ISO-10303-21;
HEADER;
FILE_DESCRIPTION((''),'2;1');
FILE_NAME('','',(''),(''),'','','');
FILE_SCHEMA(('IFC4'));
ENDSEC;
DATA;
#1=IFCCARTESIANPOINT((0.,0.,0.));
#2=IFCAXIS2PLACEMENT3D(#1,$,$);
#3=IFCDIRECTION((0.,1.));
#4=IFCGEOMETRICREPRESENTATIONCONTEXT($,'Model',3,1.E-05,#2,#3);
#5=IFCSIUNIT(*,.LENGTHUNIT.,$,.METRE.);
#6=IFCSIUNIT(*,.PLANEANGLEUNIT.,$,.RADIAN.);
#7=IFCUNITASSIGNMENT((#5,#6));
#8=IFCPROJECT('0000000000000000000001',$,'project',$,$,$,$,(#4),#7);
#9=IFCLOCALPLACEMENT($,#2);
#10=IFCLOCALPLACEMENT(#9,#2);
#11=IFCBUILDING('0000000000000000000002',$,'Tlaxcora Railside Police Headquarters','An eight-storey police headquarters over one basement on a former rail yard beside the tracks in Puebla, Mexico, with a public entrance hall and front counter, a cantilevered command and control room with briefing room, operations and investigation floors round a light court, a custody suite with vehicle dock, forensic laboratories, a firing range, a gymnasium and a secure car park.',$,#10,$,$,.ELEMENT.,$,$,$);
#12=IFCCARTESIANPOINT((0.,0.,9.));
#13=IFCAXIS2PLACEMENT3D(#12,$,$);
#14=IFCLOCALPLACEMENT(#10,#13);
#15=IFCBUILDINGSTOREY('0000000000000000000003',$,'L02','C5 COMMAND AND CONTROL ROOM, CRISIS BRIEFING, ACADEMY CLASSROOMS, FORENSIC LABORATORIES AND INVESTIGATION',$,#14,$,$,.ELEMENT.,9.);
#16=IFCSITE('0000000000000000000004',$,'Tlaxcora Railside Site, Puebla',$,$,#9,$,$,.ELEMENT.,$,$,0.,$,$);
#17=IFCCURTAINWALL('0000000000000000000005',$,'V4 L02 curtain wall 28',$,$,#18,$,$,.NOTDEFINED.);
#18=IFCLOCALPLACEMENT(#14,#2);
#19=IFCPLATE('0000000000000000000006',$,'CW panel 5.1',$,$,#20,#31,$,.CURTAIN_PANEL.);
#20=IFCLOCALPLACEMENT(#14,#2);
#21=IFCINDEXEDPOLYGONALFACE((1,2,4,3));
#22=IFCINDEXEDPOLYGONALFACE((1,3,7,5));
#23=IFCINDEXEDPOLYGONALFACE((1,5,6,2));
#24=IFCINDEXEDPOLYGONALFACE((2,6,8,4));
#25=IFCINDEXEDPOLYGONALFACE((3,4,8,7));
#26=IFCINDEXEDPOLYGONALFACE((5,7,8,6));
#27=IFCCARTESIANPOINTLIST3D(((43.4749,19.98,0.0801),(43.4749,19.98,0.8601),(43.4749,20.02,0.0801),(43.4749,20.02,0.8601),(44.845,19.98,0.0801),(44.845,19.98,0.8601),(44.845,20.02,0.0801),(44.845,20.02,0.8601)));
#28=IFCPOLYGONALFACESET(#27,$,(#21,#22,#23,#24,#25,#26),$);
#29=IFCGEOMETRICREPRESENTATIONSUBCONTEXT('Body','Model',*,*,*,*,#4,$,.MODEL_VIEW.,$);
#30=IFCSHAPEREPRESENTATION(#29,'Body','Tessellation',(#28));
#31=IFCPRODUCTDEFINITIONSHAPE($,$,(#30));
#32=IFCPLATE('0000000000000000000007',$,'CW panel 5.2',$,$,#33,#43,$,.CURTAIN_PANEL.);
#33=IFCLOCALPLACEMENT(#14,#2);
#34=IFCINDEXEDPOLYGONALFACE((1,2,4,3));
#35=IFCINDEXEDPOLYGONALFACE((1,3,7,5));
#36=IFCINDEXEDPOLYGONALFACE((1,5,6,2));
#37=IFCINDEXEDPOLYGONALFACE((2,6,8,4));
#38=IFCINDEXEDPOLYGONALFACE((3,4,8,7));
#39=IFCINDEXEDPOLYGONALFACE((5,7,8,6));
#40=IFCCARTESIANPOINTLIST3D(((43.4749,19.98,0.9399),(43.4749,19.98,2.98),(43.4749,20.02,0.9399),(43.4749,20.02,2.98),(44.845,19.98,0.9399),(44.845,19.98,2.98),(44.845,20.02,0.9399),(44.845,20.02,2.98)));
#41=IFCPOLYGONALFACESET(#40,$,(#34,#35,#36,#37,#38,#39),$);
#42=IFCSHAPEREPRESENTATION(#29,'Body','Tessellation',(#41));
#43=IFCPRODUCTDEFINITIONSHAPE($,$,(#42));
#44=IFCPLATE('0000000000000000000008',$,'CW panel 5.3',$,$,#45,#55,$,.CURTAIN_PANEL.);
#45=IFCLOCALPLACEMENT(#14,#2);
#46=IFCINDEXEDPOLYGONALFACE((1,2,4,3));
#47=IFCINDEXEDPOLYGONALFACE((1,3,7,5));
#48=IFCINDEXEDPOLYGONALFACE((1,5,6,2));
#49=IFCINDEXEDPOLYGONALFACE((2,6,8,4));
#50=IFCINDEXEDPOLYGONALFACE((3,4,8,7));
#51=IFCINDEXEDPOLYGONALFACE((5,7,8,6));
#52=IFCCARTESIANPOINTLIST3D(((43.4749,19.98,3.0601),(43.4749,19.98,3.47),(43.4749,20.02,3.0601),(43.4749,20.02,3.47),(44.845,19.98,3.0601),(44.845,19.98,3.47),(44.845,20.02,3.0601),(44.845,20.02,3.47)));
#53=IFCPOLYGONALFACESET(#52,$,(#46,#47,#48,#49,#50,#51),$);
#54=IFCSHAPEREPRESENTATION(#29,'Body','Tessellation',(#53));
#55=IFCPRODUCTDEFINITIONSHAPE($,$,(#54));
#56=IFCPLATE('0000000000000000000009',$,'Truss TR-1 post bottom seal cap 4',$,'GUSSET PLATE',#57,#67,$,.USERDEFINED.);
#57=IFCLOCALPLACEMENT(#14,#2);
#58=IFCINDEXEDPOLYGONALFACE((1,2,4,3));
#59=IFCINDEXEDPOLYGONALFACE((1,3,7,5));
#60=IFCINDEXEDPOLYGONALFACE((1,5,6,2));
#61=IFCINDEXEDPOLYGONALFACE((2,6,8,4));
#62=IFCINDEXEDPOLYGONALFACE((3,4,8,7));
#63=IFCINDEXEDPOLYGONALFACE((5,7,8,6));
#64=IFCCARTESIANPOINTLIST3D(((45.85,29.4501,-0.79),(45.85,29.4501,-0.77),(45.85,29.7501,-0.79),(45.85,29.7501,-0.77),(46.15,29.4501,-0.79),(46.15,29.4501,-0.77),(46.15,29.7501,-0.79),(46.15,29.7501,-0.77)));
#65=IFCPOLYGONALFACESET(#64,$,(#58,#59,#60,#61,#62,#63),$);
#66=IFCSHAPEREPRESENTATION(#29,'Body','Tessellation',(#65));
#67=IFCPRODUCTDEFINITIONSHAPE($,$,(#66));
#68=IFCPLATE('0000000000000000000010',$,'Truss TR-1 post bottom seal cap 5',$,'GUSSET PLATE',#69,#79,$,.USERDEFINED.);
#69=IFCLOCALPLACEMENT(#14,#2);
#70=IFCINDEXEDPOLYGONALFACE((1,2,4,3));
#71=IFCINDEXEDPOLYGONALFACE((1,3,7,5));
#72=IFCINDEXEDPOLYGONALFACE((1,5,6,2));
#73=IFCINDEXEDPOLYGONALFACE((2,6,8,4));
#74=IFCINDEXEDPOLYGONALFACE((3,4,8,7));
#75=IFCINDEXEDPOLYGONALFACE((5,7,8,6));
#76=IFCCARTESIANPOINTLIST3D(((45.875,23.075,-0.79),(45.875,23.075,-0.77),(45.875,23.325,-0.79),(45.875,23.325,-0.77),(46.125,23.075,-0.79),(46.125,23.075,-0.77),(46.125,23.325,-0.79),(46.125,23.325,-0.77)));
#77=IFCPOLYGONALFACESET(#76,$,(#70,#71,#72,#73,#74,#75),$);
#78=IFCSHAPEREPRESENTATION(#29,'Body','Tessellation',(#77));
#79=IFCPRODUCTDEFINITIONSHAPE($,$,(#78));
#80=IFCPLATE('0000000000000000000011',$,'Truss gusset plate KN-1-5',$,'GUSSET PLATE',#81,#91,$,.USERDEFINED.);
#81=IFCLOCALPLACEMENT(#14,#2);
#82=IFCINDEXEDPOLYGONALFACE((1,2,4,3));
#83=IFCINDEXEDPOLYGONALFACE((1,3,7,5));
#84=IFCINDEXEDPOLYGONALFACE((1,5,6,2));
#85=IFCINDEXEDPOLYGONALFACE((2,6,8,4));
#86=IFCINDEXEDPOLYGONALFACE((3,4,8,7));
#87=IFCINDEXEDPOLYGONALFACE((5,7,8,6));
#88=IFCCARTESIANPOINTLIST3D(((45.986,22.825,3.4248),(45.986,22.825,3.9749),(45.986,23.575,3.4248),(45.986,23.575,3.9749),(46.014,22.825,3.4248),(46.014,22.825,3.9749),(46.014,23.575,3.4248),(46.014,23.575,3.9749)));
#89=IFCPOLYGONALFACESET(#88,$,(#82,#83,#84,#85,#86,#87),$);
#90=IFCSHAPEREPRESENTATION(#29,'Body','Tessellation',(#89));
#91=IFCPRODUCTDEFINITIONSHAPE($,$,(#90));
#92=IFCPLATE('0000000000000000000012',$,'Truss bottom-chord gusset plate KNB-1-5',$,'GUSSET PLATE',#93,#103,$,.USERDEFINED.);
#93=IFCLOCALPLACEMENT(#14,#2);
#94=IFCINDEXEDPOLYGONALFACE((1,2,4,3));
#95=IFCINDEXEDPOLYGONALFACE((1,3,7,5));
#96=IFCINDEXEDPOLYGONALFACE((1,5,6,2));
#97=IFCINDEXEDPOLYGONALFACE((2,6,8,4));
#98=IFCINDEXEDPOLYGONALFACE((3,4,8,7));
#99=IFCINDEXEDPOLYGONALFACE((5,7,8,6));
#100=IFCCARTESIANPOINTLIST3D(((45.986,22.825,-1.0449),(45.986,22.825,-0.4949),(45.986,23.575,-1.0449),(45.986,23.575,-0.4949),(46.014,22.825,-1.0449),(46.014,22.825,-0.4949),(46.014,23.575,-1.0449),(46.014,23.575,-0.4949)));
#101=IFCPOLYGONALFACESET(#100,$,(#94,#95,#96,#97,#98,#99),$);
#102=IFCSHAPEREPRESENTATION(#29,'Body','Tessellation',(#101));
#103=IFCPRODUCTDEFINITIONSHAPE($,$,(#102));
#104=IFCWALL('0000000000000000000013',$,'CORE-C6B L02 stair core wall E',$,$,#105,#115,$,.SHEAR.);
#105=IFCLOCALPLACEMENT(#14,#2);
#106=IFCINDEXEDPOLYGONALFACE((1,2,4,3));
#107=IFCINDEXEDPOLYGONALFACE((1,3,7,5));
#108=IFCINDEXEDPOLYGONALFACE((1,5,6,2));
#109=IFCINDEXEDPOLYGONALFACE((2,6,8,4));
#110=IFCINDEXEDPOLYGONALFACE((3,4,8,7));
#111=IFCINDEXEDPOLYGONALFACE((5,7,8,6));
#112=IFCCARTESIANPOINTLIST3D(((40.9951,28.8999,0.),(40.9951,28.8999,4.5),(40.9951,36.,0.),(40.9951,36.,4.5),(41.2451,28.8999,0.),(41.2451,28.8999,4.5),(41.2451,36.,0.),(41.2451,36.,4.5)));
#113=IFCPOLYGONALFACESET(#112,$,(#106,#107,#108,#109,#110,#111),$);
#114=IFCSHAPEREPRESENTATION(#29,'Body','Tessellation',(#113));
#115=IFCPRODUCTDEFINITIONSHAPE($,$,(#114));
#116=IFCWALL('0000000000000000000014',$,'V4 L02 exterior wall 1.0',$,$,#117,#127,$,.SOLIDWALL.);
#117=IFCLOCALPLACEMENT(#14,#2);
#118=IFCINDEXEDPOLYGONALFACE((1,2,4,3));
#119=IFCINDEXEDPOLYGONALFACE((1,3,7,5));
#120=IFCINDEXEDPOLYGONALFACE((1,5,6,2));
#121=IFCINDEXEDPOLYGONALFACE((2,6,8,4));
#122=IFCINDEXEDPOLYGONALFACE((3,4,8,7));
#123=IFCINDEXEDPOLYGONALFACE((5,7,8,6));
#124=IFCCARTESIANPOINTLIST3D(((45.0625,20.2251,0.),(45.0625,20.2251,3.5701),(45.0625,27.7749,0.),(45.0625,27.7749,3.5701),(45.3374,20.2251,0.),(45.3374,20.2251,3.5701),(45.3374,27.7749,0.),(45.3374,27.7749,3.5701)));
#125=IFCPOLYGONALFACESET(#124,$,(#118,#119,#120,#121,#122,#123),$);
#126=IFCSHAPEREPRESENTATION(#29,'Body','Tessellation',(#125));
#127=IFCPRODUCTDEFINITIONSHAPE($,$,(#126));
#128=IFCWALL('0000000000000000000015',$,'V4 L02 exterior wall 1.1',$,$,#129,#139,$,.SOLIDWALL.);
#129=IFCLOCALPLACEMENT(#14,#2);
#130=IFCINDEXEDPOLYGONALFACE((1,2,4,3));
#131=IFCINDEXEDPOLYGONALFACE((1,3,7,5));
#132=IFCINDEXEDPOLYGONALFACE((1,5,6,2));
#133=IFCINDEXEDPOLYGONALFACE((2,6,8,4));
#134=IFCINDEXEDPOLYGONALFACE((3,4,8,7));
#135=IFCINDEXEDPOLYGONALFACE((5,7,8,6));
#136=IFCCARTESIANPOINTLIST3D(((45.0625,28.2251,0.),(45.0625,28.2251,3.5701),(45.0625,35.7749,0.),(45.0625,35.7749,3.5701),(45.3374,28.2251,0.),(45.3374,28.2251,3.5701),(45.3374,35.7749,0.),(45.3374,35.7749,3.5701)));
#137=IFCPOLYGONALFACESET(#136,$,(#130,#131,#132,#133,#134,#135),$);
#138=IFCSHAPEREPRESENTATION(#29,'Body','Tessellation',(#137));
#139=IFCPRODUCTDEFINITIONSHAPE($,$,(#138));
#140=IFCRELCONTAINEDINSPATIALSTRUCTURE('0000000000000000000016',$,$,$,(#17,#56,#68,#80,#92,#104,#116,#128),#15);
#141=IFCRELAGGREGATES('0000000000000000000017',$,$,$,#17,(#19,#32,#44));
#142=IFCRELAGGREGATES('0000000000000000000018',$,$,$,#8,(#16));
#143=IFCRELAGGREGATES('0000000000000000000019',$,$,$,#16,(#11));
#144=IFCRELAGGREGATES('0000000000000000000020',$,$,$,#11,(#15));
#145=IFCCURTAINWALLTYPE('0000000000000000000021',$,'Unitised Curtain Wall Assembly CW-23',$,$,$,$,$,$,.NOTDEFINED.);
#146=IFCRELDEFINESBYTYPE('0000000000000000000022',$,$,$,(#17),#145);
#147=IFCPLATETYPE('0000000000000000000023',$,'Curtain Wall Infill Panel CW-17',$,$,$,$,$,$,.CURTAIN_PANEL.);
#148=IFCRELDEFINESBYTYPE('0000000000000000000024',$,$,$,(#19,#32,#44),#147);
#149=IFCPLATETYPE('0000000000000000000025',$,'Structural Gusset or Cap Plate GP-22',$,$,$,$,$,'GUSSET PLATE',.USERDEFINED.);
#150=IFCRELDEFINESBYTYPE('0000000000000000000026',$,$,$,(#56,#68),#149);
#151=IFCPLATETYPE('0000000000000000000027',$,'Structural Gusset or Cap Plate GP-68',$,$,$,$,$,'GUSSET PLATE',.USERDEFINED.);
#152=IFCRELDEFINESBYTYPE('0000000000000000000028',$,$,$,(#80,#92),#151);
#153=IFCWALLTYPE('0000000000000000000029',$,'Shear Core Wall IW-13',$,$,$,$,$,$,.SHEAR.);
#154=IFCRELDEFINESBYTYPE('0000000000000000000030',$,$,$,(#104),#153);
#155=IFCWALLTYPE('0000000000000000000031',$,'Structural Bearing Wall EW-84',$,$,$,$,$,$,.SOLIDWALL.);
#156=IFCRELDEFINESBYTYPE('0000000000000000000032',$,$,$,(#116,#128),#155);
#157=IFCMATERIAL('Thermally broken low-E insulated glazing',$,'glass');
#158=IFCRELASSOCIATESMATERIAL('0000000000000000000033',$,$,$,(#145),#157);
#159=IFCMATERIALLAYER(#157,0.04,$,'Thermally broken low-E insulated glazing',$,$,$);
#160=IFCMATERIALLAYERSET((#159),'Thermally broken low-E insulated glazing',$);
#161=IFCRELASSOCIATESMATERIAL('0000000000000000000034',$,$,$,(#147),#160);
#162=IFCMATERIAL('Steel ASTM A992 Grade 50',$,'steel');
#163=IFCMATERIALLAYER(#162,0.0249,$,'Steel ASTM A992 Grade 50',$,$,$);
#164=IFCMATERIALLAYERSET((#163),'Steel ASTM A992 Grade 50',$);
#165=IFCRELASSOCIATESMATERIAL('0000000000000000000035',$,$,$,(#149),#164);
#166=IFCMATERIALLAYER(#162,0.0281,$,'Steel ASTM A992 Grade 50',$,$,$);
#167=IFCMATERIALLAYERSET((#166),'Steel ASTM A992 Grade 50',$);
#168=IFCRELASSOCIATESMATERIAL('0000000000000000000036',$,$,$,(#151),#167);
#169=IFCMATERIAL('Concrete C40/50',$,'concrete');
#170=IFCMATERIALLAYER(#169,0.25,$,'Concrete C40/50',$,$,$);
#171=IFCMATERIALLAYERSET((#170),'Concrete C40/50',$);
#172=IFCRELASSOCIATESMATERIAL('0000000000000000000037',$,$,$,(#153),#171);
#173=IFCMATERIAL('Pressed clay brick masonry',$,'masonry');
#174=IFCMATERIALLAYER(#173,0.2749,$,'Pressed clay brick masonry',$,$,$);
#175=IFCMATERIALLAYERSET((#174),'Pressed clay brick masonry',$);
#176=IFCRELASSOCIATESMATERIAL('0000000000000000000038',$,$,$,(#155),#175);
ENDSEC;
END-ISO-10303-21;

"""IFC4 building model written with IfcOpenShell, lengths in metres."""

from ifc_helpers import new_model, si_unit, direction, frame, frame_2d, origin, origin_2d, place, context, subcontext, project, spatial, rectangle, extrude, material, layer, layer_set, type_object, element, aggregate, save


model = new_model("IFC4")

# Units and contexts
model_context = context("Model", 3, precision=1e-05, world=origin(), true_north=direction((0.0, 1.0)))
body_context = subcontext(model_context, "Body", "Model", "MODEL_VIEW")
ifc_project = project(units=[si_unit("LENGTHUNIT", "METRE"), si_unit("PLANEANGLEUNIT", "RADIAN")], contexts=[model_context])

# Site, building, storey
site_placement = place(None, origin())
site = spatial("IfcSite", under=ifc_project, at=site_placement, Name="Tlaxcora Railside Site, Puebla", CompositionType="ELEMENT", RefElevation=0.0)
building_placement = place(site_placement, origin())
building = spatial("IfcBuilding", under=site, at=building_placement, Name="Tlaxcora Railside Police Headquarters", Description="An eight-storey police headquarters over one basement on a former rail yard beside the tracks in Puebla, Mexico, with a public entrance hall and front counter, a cantilevered command and control room with briefing room, operations and investigation floors round a light court, a custody suite with vehicle dock, forensic laboratories, a firing range, a gymnasium and a secure car park.", CompositionType="ELEMENT")
storey_placement = place(building_placement, frame((0.0, 0.0, 9.0)))
storey = spatial("IfcBuildingStorey", under=building, at=storey_placement, Name="L02", Description="C5 COMMAND AND CONTROL ROOM, CRISIS BRIEFING, ACADEMY CLASSROOMS, FORENSIC LABORATORIES AND INVESTIGATION", CompositionType="ELEMENT", Elevation=9.0)

# Shared definitions
ifc_material_1 = material(Name="Concrete C40/50", Category="concrete")

# Curtain wall
ifc_material_2 = material(Name="Thermally broken low-E insulated glazing", Category="glass")
curtain_wall_type = type_object("IfcCurtainWallType", Name="Unitised Curtain Wall Assembly CW-23", PredefinedType="NOTDEFINED", material=ifc_material_2)
curtain_wall_placement = place(storey_placement, origin())
curtain_wall = element("IfcCurtainWall", 1, at=curtain_wall_placement, inside=storey, type_object=curtain_wall_type, Name="V4 L02 curtain wall 28", PredefinedType="NOTDEFINED")

# Shared definitions
ifc_material_3 = material(Name="Steel ASTM A992 Grade 50", Category="steel")

# Plates
ifc_layer_1 = layer(ifc_material_2, 0.04, Name="Thermally broken low-E insulated glazing")
ifc_layer_set_1 = layer_set([ifc_layer_1], Name="Thermally broken low-E insulated glazing")
plate_type_1 = type_object("IfcPlateType", Name="Curtain Wall Infill Panel CW-17", PredefinedType="CURTAIN_PANEL", material=ifc_layer_set_1)
plate_1_placement = place(storey_placement, frame((44.1599, 20.0, 0.0801), z_axis=(0.0, 0.0, 1.0), x_axis=(1.0, 0.0, 0.0)))
plate_1 = element("IfcPlate", 2, at=plate_1_placement, type_object=plate_type_1, Name="CW panel 5.1", PredefinedType="CURTAIN_PANEL", context=body_context, shape_type="SweptSolid", body=[
    extrude(rectangle(XDim=1.3701, YDim=0.04, at=origin_2d()), origin(), (0.0, 0.0, 1.0), 0.78),
])
plate_2_placement = place(storey_placement, frame((44.1599, 20.0, 0.9399), z_axis=(0.0, 0.0, 1.0), x_axis=(1.0, 0.0, 0.0)))
plate_2 = element("IfcPlate", 3, at=plate_2_placement, type_object=plate_type_1, Name="CW panel 5.2", PredefinedType="CURTAIN_PANEL", context=body_context, shape_type="SweptSolid", body=[
    extrude(rectangle(XDim=1.3701, YDim=0.04, at=origin_2d()), origin(), (0.0, 0.0, 1.0), 2.04),
])
plate_3_placement = place(storey_placement, frame((44.1599, 20.0, 3.0601), z_axis=(0.0, 0.0, 1.0), x_axis=(1.0, 0.0, 0.0)))
plate_3 = element("IfcPlate", 4, at=plate_3_placement, type_object=plate_type_1, Name="CW panel 5.3", PredefinedType="CURTAIN_PANEL", context=body_context, shape_type="SweptSolid", body=[
    extrude(rectangle(XDim=1.3701, YDim=0.04, at=origin_2d()), origin(), (0.0, 0.0, 1.0), 0.4099),
])
aggregate(curtain_wall, [plate_1, plate_2, plate_3])

# Plates
ifc_layer_2 = layer(ifc_material_3, 0.0249, Name="Steel ASTM A992 Grade 50")
ifc_layer_set_2 = layer_set([ifc_layer_2], Name="Steel ASTM A992 Grade 50")
plate_type_2 = type_object("IfcPlateType", Name="Structural Gusset or Cap Plate GP-22", ElementType="GUSSET PLATE", PredefinedType="USERDEFINED", material=ifc_layer_set_2)
plate_4_placement = place(storey_placement, frame((46.0, 29.6001, -0.79), z_axis=(0.0, 0.0, 1.0), x_axis=(1.0, 0.0, 0.0)))
element("IfcPlate", 5, at=plate_4_placement, inside=storey, type_object=plate_type_2, Name="Truss TR-1 post bottom seal cap 4", ObjectType="GUSSET PLATE", PredefinedType="USERDEFINED", context=body_context, shape_type="SweptSolid", body=[
    extrude(rectangle(XDim=0.3, YDim=0.3, at=origin_2d()), origin(), (0.0, 0.0, 1.0), 0.02),
])
plate_5_placement = place(storey_placement, frame((46.0, 23.2, -0.79), z_axis=(0.0, 0.0, 1.0), x_axis=(1.0, 0.0, 0.0)))
element("IfcPlate", 6, at=plate_5_placement, inside=storey, type_object=plate_type_2, Name="Truss TR-1 post bottom seal cap 5", ObjectType="GUSSET PLATE", PredefinedType="USERDEFINED", context=body_context, shape_type="SweptSolid", body=[
    extrude(rectangle(XDim=0.25, YDim=0.25, at=origin_2d()), origin(), (0.0, 0.0, 1.0), 0.02),
])
ifc_layer_3 = layer(ifc_material_3, 0.0281, Name="Steel ASTM A992 Grade 50")
ifc_layer_set_3 = layer_set([ifc_layer_3], Name="Steel ASTM A992 Grade 50")
plate_type_3 = type_object("IfcPlateType", Name="Structural Gusset or Cap Plate GP-68", ElementType="GUSSET PLATE", PredefinedType="USERDEFINED", material=ifc_layer_set_3)
for number, where, z_axis, x_axis, name in (
    (7, (46.0, 23.2, 3.4248), (0.0, 0.0, 1.0), (0.0, 1.0, 0.0), "Truss gusset plate KN-1-5"),
    (8, (46.0, 23.2, -1.0449), (0.0, 0.0, 1.0), (0.0, 1.0, 0.0), "Truss bottom-chord gusset plate KNB-1-5"),
):
    element("IfcPlate", number, at=place(storey_placement, frame(where, z_axis=z_axis, x_axis=x_axis)), inside=storey, type_object=plate_type_3, Name=name, ObjectType="GUSSET PLATE", PredefinedType="USERDEFINED", context=body_context, shape_type="SweptSolid", body=[
        extrude(rectangle(XDim=0.75, YDim=0.0281, at=origin_2d()), origin(), (0.0, 0.0, 1.0), 0.55),
    ])

# Walls
ifc_layer_4 = layer(ifc_material_1, 0.25, Name="Concrete C40/50")
ifc_layer_set_4 = layer_set([ifc_layer_4], Name="Concrete C40/50")
wall_type_1 = type_object("IfcWallType", Name="Shear Core Wall IW-13", PredefinedType="SHEAR", material=ifc_layer_set_4)
wall_placement = place(storey_placement, frame((41.1201, 28.8999, 0.0), z_axis=(0.0, 0.0, 1.0), x_axis=(0.0, 1.0, 0.0)))
element("IfcWall", 9, at=wall_placement, inside=storey, type_object=wall_type_1, Name="CORE-C6B L02 stair core wall E", PredefinedType="SHEAR", context=body_context, shape_type="SweptSolid", body=[
    extrude(rectangle(XDim=7.1001, YDim=0.25, at=frame_2d((3.55, 0.0))), origin(), (0.0, 0.0, 1.0), 4.5),
])
ifc_material_4 = material(Name="Pressed clay brick masonry", Category="masonry")
ifc_layer_5 = layer(ifc_material_4, 0.2749, Name="Pressed clay brick masonry")
ifc_layer_set_5 = layer_set([ifc_layer_5], Name="Pressed clay brick masonry")
wall_type_2 = type_object("IfcWallType", Name="Structural Bearing Wall EW-84", PredefinedType="SOLIDWALL", material=ifc_layer_set_5)
for number, where, z_axis, x_axis, name in (
    (10, (45.2, 20.2251, 0.0), (0.0, 0.0, 1.0), (0.0, 1.0, 0.0), "V4 L02 exterior wall 1.0"),
    (11, (45.2, 28.2251, 0.0), (0.0, 0.0, 1.0), (0.0, 1.0, 0.0), "V4 L02 exterior wall 1.1"),
):
    element("IfcWall", number, at=place(storey_placement, frame(where, z_axis=z_axis, x_axis=x_axis)), inside=storey, type_object=wall_type_2, Name=name, PredefinedType="SOLIDWALL", context=body_context, shape_type="SweptSolid", body=[
        extrude(rectangle(XDim=7.5498, YDim=0.2749, at=frame_2d((3.7749, 0.0))), origin(), (0.0, 0.0, 1.0), 3.5701),
    ])

save(model, "model.ifc")
